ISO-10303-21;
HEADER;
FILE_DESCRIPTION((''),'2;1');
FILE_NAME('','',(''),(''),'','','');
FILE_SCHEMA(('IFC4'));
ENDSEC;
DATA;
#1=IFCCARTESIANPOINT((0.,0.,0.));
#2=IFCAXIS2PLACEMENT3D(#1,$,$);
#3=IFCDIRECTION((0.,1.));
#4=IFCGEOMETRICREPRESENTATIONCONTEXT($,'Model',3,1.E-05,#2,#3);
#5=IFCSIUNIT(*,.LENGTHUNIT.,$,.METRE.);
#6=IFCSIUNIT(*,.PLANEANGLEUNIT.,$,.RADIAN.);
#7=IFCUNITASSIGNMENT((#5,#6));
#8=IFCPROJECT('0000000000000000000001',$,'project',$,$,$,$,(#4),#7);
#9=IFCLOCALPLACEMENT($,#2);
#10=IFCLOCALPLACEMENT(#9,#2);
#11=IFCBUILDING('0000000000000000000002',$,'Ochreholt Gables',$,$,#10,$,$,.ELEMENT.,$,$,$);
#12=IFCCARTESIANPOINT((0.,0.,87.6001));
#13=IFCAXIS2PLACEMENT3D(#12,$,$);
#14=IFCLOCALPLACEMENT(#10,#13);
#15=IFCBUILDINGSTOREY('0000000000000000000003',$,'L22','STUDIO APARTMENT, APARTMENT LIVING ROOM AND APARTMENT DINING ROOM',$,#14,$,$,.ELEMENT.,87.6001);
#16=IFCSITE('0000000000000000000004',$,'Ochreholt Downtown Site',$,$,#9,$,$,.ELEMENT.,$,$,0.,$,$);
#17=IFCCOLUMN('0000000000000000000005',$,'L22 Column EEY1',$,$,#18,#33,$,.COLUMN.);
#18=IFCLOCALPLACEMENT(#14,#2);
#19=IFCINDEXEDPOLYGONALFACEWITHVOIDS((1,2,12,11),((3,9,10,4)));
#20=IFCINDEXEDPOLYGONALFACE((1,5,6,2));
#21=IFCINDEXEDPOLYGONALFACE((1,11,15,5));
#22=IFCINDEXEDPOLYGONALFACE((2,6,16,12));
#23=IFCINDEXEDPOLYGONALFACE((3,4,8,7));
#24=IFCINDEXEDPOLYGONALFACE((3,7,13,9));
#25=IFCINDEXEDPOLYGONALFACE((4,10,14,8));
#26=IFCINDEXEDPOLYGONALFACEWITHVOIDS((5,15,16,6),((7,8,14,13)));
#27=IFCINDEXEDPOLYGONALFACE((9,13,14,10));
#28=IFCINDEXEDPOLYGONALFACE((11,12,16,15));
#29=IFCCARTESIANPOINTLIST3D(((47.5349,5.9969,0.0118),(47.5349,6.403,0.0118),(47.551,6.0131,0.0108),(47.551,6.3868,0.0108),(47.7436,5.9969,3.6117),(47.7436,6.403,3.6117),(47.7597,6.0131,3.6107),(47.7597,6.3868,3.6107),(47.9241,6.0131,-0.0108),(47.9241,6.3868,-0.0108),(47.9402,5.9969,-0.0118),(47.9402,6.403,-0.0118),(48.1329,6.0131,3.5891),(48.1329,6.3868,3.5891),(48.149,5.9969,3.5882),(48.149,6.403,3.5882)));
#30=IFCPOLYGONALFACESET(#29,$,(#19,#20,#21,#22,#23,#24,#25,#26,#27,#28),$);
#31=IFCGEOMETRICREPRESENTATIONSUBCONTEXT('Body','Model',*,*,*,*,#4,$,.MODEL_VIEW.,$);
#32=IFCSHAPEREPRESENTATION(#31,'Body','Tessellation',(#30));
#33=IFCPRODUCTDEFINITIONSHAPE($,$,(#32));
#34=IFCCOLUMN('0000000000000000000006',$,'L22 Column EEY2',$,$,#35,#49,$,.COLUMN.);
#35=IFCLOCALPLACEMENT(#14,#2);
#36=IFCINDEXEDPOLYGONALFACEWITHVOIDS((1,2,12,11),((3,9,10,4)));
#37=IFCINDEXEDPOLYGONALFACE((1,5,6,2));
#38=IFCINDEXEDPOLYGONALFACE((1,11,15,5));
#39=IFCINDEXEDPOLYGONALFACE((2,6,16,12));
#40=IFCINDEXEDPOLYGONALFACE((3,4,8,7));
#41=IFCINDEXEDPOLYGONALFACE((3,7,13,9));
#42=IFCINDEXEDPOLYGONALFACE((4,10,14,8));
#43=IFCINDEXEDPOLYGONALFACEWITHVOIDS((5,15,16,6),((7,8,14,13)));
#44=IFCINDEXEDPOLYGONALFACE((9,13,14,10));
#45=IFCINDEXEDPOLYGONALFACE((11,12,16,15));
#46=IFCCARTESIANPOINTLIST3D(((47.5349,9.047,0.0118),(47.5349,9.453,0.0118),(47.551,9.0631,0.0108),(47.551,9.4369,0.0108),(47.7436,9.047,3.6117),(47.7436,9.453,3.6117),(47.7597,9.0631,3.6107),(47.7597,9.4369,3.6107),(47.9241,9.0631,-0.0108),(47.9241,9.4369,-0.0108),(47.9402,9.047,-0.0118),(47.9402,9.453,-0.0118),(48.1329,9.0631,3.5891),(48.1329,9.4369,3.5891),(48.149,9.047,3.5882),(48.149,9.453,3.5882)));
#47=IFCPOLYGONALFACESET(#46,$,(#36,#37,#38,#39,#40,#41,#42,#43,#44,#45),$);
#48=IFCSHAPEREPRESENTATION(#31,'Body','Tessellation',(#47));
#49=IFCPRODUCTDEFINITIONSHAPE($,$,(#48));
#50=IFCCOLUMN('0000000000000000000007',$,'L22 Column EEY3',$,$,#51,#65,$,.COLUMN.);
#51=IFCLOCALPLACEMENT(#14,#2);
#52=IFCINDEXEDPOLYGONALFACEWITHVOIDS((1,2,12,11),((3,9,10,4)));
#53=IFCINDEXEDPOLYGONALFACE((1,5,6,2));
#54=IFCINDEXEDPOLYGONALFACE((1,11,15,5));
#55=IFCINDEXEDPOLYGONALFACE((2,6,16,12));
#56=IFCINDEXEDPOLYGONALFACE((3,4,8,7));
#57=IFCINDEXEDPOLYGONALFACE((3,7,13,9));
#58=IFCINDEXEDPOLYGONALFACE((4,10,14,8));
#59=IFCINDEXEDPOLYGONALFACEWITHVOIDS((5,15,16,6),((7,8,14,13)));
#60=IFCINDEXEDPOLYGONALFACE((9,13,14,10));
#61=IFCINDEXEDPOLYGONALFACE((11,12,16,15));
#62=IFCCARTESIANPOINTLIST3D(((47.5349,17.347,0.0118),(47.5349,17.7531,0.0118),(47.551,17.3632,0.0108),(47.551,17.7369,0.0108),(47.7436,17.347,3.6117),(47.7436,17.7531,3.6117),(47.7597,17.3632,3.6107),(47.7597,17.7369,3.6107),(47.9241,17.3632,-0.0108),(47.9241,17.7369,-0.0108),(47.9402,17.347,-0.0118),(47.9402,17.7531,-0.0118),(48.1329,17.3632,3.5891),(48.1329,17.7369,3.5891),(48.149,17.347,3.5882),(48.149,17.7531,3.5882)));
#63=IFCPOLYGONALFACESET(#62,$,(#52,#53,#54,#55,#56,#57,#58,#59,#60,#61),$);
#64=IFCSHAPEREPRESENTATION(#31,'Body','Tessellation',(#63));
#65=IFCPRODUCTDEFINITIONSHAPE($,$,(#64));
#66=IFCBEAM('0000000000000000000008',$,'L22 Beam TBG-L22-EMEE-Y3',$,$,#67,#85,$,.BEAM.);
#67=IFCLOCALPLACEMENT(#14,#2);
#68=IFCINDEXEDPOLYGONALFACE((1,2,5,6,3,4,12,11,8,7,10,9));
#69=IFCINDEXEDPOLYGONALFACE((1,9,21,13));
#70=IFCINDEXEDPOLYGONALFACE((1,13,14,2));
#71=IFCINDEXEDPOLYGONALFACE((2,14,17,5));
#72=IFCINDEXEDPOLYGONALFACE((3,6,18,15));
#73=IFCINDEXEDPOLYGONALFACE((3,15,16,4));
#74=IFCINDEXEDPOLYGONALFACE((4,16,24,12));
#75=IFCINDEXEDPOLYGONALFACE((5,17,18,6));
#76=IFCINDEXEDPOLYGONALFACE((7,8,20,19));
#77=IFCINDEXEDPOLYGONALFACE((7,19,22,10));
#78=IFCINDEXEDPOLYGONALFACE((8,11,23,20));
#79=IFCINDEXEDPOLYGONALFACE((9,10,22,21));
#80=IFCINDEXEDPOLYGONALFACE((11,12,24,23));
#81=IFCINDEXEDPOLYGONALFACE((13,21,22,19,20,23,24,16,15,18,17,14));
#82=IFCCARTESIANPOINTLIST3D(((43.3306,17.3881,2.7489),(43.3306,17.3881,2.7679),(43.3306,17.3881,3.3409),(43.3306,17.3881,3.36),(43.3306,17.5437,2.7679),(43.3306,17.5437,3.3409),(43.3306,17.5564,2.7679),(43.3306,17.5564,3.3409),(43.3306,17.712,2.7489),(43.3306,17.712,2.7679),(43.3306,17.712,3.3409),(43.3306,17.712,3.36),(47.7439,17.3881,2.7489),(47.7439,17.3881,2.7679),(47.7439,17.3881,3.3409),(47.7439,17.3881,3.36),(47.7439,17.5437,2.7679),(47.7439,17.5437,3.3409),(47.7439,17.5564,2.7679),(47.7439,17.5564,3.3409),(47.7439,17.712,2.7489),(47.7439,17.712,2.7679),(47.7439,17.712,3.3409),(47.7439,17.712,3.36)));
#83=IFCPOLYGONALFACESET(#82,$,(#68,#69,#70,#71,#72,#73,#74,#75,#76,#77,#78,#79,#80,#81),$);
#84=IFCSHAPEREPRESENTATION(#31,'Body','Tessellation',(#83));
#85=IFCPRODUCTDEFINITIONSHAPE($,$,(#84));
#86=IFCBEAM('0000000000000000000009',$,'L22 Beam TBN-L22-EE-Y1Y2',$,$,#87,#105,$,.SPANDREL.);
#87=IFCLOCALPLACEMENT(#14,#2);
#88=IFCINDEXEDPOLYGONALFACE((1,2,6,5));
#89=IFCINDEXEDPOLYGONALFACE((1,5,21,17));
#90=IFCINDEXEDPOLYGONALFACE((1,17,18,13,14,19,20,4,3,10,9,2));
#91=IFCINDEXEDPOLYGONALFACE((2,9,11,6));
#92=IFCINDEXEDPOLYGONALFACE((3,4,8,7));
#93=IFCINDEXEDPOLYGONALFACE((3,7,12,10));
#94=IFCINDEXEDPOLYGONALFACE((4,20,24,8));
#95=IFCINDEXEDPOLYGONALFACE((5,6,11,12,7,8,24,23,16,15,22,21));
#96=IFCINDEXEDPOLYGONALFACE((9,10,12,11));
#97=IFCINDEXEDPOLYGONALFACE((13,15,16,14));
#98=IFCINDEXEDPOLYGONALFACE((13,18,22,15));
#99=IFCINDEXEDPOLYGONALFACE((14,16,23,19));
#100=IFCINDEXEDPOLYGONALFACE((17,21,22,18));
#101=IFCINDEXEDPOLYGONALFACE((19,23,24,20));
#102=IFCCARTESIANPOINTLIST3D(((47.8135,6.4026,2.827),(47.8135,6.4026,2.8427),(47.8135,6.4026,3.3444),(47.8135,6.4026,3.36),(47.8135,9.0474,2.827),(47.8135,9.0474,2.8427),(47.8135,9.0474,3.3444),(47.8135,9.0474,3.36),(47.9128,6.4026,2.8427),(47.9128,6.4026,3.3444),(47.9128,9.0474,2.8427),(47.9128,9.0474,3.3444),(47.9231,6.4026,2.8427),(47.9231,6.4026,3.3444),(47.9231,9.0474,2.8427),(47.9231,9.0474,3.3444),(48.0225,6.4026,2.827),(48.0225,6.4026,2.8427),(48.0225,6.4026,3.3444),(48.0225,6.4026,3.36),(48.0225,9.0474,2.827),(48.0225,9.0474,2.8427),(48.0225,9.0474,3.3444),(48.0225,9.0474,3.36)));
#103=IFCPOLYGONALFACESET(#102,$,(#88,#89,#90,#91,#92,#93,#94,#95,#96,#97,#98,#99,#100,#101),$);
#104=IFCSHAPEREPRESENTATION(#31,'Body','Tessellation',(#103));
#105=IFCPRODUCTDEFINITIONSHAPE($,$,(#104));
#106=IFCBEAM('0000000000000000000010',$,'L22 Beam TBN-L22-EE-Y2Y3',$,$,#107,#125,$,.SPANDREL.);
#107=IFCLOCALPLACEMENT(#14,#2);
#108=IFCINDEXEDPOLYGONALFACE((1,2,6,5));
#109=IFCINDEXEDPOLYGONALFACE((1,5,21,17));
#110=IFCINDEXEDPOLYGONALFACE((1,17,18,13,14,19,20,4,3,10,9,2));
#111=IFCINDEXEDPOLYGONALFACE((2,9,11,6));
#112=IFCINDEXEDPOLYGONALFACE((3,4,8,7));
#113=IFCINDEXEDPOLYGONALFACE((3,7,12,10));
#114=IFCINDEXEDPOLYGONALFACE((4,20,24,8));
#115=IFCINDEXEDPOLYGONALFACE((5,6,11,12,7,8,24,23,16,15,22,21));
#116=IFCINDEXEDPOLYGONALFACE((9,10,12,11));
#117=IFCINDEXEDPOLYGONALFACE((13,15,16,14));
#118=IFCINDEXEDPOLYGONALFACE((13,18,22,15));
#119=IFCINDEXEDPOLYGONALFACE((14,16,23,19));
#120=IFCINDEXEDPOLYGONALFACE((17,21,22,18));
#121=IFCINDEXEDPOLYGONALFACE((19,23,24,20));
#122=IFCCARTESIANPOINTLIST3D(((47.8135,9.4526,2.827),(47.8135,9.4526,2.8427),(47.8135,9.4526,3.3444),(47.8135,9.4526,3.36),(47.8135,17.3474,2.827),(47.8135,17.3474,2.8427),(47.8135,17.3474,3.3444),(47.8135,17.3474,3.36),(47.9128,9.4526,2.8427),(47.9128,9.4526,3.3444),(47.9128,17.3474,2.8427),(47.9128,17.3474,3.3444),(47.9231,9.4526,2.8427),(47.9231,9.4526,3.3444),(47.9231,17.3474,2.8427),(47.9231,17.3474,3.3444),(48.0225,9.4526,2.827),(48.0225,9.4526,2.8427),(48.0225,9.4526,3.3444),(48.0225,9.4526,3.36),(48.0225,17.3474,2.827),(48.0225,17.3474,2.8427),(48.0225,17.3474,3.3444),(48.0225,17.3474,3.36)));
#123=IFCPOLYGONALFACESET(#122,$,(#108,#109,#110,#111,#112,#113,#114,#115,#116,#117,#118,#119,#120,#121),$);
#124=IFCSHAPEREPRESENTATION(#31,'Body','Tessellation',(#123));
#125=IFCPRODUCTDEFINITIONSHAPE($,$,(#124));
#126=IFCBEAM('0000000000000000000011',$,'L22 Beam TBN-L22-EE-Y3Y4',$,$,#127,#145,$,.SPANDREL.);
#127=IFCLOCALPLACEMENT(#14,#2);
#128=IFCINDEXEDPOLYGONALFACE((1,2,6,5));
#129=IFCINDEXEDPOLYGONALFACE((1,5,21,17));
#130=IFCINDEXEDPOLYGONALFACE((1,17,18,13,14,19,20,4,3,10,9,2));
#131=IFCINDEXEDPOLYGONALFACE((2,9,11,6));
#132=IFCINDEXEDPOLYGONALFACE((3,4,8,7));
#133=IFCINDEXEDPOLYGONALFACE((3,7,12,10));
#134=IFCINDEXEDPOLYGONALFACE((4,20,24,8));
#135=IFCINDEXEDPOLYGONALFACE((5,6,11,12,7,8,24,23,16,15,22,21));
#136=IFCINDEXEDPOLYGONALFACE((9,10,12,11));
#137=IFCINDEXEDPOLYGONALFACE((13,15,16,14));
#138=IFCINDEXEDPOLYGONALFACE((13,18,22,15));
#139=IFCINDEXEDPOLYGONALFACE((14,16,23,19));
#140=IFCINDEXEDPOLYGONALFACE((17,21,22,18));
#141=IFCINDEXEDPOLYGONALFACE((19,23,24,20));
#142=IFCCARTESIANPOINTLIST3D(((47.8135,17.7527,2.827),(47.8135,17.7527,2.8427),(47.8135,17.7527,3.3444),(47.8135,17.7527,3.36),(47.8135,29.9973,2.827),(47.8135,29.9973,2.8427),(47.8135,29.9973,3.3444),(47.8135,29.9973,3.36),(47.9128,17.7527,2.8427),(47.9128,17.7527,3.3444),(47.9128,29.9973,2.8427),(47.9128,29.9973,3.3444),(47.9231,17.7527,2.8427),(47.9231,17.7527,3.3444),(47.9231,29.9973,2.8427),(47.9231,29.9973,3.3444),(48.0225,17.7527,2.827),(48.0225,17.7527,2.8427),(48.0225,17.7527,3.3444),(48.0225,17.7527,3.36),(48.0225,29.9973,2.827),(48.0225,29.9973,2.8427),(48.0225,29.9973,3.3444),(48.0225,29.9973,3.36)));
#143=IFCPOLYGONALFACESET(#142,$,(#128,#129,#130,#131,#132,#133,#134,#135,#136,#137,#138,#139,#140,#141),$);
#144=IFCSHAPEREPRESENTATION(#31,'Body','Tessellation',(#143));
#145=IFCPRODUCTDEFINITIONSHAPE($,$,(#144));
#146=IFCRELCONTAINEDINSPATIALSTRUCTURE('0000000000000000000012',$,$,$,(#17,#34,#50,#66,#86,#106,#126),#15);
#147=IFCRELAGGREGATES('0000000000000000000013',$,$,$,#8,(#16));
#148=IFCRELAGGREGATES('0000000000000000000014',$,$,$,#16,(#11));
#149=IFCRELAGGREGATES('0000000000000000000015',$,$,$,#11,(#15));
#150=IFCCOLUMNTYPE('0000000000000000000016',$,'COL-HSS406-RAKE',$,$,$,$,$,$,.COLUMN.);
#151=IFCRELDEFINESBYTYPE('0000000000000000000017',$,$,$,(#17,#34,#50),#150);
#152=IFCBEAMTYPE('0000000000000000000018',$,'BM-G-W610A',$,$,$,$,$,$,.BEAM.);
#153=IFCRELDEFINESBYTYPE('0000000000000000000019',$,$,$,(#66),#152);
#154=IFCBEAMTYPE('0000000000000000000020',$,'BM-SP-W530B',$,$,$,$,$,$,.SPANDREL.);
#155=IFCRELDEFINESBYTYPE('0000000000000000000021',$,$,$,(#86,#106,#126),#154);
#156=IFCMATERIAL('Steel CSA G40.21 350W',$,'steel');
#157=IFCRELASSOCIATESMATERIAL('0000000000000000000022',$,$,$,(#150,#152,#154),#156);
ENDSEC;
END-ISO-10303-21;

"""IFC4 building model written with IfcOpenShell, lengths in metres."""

from ifc_helpers import new_model, si_unit, direction, frame, origin, origin_2d, place, context, subcontext, project, spatial, hollow_rectangle, i_section, extrude, material, material_profile, profile_set, type_object, element, save


model = new_model("IFC4")

# Units and contexts
model_context = context("Model", 3, precision=1e-05, world=origin(), true_north=direction((0.0, 1.0)))
body_context = subcontext(model_context, "Body", "Model", "MODEL_VIEW")
ifc_project = project(units=[si_unit("LENGTHUNIT", "METRE"), si_unit("PLANEANGLEUNIT", "RADIAN")], contexts=[model_context])

# Site, building, storey
site_placement = place(None, origin())
site = spatial("IfcSite", under=ifc_project, at=site_placement, Name="Ochreholt Downtown Site", CompositionType="ELEMENT", RefElevation=0.0)
building_placement = place(site_placement, origin())
building = spatial("IfcBuilding", under=site, at=building_placement, Name="Ochreholt Gables", CompositionType="ELEMENT")
storey_placement = place(building_placement, frame((0.0, 0.0, 87.6001)))
storey = spatial("IfcBuildingStorey", under=building, at=storey_placement, Name="L22", Description="STUDIO APARTMENT, APARTMENT LIVING ROOM AND APARTMENT DINING ROOM", CompositionType="ELEMENT", Elevation=87.6001)

# Columns
ifc_material_1 = material(Name="Steel CSA G40.21 350W", Category="steel")
ifc_material_profile_1 = material_profile(ifc_material_1, hollow_rectangle(XDim=0.406, YDim=0.406, WallThickness=0.0161, at=origin_2d()), Name="HSS406X406X16")
ifc_profile_set_1 = profile_set([ifc_material_profile_1], Name="Steel CSA G40.21 350W")
column_type = type_object("IfcColumnType", Name="COL-HSS406-RAKE", PredefinedType="COLUMN", material=ifc_profile_set_1)
for number, where, z_axis, x_axis, name in (
    (1, (47.7375, 6.2, 0.0), (0.057889, 0.0, 0.998323), (0.0, 1.0, 0.0), "L22 Column EEY1"),
    (2, (47.7375, 9.25, 0.0), (0.057889, 0.0, 0.998323), (0.0, 1.0, 0.0), "L22 Column EEY2"),
    (3, (47.7375, 17.55, 0.0), (0.057889, 0.0, 0.998323), (0.0, 1.0, 0.0), "L22 Column EEY3"),
):
    element("IfcColumn", number, at=place(storey_placement, frame(where, z_axis=z_axis, x_axis=x_axis)), inside=storey, type_object=column_type, Name=name, PredefinedType="COLUMN", context=body_context, shape_type="SweptSolid", body=[
        extrude(hollow_rectangle(XDim=0.406, YDim=0.406, WallThickness=0.0161, at=origin_2d()), origin(), (0.0, 0.0, 1.0), 3.606),
    ])

# Beams
ifc_material_profile_2 = material_profile(ifc_material_1, i_section(OverallWidth=0.324, OverallDepth=0.6111, WebThickness=0.0127, FlangeThickness=0.019, at=origin_2d()), Name="W610X155")
ifc_profile_set_2 = profile_set([ifc_material_profile_2], Name="Steel CSA G40.21 350W")
beam_type_1 = type_object("IfcBeamType", Name="BM-G-W610A", PredefinedType="BEAM", material=ifc_profile_set_2)
beam_1_placement = place(storey_placement, frame((43.3306, 17.55, 3.0544), z_axis=(1.0, 0.0, 0.0), x_axis=(0.0, 1.0, 0.0)))
element("IfcBeam", 4, at=beam_1_placement, inside=storey, type_object=beam_type_1, Name="L22 Beam TBG-L22-EMEE-Y3", PredefinedType="BEAM", context=body_context, shape_type="SweptSolid", body=[
    extrude(i_section(OverallWidth=0.324, OverallDepth=0.6111, WebThickness=0.0127, FlangeThickness=0.019, at=origin_2d()), origin(), (0.0, 0.0, 1.0), 4.4133),
])
ifc_material_profile_3 = material_profile(ifc_material_1, i_section(OverallWidth=0.209, OverallDepth=0.533, WebThickness=0.0103, FlangeThickness=0.0156, at=origin_2d()), Name="W530X92")
ifc_profile_set_3 = profile_set([ifc_material_profile_3], Name="Steel CSA G40.21 350W")
beam_type_2 = type_object("IfcBeamType", Name="BM-SP-W530B", PredefinedType="SPANDREL", material=ifc_profile_set_3)
beam_2_placement = place(storey_placement, frame((47.918, 6.4026, 3.0935), z_axis=(0.0, 1.0, 0.0), x_axis=(-1.0, 0.0, 0.0)))
element("IfcBeam", 5, at=beam_2_placement, inside=storey, type_object=beam_type_2, Name="L22 Beam TBN-L22-EE-Y1Y2", PredefinedType="SPANDREL", context=body_context, shape_type="SweptSolid", body=[
    extrude(i_section(OverallWidth=0.209, OverallDepth=0.533, WebThickness=0.0103, FlangeThickness=0.0156, at=origin_2d()), origin(), (0.0, 0.0, 1.0), 2.6448),
])
beam_3_placement = place(storey_placement, frame((47.918, 9.4526, 3.0935), z_axis=(0.0, 1.0, 0.0), x_axis=(-1.0, 0.0, 0.0)))
element("IfcBeam", 6, at=beam_3_placement, inside=storey, type_object=beam_type_2, Name="L22 Beam TBN-L22-EE-Y2Y3", PredefinedType="SPANDREL", context=body_context, shape_type="SweptSolid", body=[
    extrude(i_section(OverallWidth=0.209, OverallDepth=0.533, WebThickness=0.0103, FlangeThickness=0.0156, at=origin_2d()), origin(), (0.0, 0.0, 1.0), 7.8948),
])
beam_4_placement = place(storey_placement, frame((47.918, 17.7527, 3.0935), z_axis=(0.0, 1.0, 0.0), x_axis=(-1.0, 0.0, 0.0)))
element("IfcBeam", 7, at=beam_4_placement, inside=storey, type_object=beam_type_2, Name="L22 Beam TBN-L22-EE-Y3Y4", PredefinedType="SPANDREL", context=body_context, shape_type="SweptSolid", body=[
    extrude(i_section(OverallWidth=0.209, OverallDepth=0.533, WebThickness=0.0103, FlangeThickness=0.0156, at=origin_2d()), origin(), (0.0, 0.0, 1.0), 12.2446),
])

save(model, "model.ifc")
